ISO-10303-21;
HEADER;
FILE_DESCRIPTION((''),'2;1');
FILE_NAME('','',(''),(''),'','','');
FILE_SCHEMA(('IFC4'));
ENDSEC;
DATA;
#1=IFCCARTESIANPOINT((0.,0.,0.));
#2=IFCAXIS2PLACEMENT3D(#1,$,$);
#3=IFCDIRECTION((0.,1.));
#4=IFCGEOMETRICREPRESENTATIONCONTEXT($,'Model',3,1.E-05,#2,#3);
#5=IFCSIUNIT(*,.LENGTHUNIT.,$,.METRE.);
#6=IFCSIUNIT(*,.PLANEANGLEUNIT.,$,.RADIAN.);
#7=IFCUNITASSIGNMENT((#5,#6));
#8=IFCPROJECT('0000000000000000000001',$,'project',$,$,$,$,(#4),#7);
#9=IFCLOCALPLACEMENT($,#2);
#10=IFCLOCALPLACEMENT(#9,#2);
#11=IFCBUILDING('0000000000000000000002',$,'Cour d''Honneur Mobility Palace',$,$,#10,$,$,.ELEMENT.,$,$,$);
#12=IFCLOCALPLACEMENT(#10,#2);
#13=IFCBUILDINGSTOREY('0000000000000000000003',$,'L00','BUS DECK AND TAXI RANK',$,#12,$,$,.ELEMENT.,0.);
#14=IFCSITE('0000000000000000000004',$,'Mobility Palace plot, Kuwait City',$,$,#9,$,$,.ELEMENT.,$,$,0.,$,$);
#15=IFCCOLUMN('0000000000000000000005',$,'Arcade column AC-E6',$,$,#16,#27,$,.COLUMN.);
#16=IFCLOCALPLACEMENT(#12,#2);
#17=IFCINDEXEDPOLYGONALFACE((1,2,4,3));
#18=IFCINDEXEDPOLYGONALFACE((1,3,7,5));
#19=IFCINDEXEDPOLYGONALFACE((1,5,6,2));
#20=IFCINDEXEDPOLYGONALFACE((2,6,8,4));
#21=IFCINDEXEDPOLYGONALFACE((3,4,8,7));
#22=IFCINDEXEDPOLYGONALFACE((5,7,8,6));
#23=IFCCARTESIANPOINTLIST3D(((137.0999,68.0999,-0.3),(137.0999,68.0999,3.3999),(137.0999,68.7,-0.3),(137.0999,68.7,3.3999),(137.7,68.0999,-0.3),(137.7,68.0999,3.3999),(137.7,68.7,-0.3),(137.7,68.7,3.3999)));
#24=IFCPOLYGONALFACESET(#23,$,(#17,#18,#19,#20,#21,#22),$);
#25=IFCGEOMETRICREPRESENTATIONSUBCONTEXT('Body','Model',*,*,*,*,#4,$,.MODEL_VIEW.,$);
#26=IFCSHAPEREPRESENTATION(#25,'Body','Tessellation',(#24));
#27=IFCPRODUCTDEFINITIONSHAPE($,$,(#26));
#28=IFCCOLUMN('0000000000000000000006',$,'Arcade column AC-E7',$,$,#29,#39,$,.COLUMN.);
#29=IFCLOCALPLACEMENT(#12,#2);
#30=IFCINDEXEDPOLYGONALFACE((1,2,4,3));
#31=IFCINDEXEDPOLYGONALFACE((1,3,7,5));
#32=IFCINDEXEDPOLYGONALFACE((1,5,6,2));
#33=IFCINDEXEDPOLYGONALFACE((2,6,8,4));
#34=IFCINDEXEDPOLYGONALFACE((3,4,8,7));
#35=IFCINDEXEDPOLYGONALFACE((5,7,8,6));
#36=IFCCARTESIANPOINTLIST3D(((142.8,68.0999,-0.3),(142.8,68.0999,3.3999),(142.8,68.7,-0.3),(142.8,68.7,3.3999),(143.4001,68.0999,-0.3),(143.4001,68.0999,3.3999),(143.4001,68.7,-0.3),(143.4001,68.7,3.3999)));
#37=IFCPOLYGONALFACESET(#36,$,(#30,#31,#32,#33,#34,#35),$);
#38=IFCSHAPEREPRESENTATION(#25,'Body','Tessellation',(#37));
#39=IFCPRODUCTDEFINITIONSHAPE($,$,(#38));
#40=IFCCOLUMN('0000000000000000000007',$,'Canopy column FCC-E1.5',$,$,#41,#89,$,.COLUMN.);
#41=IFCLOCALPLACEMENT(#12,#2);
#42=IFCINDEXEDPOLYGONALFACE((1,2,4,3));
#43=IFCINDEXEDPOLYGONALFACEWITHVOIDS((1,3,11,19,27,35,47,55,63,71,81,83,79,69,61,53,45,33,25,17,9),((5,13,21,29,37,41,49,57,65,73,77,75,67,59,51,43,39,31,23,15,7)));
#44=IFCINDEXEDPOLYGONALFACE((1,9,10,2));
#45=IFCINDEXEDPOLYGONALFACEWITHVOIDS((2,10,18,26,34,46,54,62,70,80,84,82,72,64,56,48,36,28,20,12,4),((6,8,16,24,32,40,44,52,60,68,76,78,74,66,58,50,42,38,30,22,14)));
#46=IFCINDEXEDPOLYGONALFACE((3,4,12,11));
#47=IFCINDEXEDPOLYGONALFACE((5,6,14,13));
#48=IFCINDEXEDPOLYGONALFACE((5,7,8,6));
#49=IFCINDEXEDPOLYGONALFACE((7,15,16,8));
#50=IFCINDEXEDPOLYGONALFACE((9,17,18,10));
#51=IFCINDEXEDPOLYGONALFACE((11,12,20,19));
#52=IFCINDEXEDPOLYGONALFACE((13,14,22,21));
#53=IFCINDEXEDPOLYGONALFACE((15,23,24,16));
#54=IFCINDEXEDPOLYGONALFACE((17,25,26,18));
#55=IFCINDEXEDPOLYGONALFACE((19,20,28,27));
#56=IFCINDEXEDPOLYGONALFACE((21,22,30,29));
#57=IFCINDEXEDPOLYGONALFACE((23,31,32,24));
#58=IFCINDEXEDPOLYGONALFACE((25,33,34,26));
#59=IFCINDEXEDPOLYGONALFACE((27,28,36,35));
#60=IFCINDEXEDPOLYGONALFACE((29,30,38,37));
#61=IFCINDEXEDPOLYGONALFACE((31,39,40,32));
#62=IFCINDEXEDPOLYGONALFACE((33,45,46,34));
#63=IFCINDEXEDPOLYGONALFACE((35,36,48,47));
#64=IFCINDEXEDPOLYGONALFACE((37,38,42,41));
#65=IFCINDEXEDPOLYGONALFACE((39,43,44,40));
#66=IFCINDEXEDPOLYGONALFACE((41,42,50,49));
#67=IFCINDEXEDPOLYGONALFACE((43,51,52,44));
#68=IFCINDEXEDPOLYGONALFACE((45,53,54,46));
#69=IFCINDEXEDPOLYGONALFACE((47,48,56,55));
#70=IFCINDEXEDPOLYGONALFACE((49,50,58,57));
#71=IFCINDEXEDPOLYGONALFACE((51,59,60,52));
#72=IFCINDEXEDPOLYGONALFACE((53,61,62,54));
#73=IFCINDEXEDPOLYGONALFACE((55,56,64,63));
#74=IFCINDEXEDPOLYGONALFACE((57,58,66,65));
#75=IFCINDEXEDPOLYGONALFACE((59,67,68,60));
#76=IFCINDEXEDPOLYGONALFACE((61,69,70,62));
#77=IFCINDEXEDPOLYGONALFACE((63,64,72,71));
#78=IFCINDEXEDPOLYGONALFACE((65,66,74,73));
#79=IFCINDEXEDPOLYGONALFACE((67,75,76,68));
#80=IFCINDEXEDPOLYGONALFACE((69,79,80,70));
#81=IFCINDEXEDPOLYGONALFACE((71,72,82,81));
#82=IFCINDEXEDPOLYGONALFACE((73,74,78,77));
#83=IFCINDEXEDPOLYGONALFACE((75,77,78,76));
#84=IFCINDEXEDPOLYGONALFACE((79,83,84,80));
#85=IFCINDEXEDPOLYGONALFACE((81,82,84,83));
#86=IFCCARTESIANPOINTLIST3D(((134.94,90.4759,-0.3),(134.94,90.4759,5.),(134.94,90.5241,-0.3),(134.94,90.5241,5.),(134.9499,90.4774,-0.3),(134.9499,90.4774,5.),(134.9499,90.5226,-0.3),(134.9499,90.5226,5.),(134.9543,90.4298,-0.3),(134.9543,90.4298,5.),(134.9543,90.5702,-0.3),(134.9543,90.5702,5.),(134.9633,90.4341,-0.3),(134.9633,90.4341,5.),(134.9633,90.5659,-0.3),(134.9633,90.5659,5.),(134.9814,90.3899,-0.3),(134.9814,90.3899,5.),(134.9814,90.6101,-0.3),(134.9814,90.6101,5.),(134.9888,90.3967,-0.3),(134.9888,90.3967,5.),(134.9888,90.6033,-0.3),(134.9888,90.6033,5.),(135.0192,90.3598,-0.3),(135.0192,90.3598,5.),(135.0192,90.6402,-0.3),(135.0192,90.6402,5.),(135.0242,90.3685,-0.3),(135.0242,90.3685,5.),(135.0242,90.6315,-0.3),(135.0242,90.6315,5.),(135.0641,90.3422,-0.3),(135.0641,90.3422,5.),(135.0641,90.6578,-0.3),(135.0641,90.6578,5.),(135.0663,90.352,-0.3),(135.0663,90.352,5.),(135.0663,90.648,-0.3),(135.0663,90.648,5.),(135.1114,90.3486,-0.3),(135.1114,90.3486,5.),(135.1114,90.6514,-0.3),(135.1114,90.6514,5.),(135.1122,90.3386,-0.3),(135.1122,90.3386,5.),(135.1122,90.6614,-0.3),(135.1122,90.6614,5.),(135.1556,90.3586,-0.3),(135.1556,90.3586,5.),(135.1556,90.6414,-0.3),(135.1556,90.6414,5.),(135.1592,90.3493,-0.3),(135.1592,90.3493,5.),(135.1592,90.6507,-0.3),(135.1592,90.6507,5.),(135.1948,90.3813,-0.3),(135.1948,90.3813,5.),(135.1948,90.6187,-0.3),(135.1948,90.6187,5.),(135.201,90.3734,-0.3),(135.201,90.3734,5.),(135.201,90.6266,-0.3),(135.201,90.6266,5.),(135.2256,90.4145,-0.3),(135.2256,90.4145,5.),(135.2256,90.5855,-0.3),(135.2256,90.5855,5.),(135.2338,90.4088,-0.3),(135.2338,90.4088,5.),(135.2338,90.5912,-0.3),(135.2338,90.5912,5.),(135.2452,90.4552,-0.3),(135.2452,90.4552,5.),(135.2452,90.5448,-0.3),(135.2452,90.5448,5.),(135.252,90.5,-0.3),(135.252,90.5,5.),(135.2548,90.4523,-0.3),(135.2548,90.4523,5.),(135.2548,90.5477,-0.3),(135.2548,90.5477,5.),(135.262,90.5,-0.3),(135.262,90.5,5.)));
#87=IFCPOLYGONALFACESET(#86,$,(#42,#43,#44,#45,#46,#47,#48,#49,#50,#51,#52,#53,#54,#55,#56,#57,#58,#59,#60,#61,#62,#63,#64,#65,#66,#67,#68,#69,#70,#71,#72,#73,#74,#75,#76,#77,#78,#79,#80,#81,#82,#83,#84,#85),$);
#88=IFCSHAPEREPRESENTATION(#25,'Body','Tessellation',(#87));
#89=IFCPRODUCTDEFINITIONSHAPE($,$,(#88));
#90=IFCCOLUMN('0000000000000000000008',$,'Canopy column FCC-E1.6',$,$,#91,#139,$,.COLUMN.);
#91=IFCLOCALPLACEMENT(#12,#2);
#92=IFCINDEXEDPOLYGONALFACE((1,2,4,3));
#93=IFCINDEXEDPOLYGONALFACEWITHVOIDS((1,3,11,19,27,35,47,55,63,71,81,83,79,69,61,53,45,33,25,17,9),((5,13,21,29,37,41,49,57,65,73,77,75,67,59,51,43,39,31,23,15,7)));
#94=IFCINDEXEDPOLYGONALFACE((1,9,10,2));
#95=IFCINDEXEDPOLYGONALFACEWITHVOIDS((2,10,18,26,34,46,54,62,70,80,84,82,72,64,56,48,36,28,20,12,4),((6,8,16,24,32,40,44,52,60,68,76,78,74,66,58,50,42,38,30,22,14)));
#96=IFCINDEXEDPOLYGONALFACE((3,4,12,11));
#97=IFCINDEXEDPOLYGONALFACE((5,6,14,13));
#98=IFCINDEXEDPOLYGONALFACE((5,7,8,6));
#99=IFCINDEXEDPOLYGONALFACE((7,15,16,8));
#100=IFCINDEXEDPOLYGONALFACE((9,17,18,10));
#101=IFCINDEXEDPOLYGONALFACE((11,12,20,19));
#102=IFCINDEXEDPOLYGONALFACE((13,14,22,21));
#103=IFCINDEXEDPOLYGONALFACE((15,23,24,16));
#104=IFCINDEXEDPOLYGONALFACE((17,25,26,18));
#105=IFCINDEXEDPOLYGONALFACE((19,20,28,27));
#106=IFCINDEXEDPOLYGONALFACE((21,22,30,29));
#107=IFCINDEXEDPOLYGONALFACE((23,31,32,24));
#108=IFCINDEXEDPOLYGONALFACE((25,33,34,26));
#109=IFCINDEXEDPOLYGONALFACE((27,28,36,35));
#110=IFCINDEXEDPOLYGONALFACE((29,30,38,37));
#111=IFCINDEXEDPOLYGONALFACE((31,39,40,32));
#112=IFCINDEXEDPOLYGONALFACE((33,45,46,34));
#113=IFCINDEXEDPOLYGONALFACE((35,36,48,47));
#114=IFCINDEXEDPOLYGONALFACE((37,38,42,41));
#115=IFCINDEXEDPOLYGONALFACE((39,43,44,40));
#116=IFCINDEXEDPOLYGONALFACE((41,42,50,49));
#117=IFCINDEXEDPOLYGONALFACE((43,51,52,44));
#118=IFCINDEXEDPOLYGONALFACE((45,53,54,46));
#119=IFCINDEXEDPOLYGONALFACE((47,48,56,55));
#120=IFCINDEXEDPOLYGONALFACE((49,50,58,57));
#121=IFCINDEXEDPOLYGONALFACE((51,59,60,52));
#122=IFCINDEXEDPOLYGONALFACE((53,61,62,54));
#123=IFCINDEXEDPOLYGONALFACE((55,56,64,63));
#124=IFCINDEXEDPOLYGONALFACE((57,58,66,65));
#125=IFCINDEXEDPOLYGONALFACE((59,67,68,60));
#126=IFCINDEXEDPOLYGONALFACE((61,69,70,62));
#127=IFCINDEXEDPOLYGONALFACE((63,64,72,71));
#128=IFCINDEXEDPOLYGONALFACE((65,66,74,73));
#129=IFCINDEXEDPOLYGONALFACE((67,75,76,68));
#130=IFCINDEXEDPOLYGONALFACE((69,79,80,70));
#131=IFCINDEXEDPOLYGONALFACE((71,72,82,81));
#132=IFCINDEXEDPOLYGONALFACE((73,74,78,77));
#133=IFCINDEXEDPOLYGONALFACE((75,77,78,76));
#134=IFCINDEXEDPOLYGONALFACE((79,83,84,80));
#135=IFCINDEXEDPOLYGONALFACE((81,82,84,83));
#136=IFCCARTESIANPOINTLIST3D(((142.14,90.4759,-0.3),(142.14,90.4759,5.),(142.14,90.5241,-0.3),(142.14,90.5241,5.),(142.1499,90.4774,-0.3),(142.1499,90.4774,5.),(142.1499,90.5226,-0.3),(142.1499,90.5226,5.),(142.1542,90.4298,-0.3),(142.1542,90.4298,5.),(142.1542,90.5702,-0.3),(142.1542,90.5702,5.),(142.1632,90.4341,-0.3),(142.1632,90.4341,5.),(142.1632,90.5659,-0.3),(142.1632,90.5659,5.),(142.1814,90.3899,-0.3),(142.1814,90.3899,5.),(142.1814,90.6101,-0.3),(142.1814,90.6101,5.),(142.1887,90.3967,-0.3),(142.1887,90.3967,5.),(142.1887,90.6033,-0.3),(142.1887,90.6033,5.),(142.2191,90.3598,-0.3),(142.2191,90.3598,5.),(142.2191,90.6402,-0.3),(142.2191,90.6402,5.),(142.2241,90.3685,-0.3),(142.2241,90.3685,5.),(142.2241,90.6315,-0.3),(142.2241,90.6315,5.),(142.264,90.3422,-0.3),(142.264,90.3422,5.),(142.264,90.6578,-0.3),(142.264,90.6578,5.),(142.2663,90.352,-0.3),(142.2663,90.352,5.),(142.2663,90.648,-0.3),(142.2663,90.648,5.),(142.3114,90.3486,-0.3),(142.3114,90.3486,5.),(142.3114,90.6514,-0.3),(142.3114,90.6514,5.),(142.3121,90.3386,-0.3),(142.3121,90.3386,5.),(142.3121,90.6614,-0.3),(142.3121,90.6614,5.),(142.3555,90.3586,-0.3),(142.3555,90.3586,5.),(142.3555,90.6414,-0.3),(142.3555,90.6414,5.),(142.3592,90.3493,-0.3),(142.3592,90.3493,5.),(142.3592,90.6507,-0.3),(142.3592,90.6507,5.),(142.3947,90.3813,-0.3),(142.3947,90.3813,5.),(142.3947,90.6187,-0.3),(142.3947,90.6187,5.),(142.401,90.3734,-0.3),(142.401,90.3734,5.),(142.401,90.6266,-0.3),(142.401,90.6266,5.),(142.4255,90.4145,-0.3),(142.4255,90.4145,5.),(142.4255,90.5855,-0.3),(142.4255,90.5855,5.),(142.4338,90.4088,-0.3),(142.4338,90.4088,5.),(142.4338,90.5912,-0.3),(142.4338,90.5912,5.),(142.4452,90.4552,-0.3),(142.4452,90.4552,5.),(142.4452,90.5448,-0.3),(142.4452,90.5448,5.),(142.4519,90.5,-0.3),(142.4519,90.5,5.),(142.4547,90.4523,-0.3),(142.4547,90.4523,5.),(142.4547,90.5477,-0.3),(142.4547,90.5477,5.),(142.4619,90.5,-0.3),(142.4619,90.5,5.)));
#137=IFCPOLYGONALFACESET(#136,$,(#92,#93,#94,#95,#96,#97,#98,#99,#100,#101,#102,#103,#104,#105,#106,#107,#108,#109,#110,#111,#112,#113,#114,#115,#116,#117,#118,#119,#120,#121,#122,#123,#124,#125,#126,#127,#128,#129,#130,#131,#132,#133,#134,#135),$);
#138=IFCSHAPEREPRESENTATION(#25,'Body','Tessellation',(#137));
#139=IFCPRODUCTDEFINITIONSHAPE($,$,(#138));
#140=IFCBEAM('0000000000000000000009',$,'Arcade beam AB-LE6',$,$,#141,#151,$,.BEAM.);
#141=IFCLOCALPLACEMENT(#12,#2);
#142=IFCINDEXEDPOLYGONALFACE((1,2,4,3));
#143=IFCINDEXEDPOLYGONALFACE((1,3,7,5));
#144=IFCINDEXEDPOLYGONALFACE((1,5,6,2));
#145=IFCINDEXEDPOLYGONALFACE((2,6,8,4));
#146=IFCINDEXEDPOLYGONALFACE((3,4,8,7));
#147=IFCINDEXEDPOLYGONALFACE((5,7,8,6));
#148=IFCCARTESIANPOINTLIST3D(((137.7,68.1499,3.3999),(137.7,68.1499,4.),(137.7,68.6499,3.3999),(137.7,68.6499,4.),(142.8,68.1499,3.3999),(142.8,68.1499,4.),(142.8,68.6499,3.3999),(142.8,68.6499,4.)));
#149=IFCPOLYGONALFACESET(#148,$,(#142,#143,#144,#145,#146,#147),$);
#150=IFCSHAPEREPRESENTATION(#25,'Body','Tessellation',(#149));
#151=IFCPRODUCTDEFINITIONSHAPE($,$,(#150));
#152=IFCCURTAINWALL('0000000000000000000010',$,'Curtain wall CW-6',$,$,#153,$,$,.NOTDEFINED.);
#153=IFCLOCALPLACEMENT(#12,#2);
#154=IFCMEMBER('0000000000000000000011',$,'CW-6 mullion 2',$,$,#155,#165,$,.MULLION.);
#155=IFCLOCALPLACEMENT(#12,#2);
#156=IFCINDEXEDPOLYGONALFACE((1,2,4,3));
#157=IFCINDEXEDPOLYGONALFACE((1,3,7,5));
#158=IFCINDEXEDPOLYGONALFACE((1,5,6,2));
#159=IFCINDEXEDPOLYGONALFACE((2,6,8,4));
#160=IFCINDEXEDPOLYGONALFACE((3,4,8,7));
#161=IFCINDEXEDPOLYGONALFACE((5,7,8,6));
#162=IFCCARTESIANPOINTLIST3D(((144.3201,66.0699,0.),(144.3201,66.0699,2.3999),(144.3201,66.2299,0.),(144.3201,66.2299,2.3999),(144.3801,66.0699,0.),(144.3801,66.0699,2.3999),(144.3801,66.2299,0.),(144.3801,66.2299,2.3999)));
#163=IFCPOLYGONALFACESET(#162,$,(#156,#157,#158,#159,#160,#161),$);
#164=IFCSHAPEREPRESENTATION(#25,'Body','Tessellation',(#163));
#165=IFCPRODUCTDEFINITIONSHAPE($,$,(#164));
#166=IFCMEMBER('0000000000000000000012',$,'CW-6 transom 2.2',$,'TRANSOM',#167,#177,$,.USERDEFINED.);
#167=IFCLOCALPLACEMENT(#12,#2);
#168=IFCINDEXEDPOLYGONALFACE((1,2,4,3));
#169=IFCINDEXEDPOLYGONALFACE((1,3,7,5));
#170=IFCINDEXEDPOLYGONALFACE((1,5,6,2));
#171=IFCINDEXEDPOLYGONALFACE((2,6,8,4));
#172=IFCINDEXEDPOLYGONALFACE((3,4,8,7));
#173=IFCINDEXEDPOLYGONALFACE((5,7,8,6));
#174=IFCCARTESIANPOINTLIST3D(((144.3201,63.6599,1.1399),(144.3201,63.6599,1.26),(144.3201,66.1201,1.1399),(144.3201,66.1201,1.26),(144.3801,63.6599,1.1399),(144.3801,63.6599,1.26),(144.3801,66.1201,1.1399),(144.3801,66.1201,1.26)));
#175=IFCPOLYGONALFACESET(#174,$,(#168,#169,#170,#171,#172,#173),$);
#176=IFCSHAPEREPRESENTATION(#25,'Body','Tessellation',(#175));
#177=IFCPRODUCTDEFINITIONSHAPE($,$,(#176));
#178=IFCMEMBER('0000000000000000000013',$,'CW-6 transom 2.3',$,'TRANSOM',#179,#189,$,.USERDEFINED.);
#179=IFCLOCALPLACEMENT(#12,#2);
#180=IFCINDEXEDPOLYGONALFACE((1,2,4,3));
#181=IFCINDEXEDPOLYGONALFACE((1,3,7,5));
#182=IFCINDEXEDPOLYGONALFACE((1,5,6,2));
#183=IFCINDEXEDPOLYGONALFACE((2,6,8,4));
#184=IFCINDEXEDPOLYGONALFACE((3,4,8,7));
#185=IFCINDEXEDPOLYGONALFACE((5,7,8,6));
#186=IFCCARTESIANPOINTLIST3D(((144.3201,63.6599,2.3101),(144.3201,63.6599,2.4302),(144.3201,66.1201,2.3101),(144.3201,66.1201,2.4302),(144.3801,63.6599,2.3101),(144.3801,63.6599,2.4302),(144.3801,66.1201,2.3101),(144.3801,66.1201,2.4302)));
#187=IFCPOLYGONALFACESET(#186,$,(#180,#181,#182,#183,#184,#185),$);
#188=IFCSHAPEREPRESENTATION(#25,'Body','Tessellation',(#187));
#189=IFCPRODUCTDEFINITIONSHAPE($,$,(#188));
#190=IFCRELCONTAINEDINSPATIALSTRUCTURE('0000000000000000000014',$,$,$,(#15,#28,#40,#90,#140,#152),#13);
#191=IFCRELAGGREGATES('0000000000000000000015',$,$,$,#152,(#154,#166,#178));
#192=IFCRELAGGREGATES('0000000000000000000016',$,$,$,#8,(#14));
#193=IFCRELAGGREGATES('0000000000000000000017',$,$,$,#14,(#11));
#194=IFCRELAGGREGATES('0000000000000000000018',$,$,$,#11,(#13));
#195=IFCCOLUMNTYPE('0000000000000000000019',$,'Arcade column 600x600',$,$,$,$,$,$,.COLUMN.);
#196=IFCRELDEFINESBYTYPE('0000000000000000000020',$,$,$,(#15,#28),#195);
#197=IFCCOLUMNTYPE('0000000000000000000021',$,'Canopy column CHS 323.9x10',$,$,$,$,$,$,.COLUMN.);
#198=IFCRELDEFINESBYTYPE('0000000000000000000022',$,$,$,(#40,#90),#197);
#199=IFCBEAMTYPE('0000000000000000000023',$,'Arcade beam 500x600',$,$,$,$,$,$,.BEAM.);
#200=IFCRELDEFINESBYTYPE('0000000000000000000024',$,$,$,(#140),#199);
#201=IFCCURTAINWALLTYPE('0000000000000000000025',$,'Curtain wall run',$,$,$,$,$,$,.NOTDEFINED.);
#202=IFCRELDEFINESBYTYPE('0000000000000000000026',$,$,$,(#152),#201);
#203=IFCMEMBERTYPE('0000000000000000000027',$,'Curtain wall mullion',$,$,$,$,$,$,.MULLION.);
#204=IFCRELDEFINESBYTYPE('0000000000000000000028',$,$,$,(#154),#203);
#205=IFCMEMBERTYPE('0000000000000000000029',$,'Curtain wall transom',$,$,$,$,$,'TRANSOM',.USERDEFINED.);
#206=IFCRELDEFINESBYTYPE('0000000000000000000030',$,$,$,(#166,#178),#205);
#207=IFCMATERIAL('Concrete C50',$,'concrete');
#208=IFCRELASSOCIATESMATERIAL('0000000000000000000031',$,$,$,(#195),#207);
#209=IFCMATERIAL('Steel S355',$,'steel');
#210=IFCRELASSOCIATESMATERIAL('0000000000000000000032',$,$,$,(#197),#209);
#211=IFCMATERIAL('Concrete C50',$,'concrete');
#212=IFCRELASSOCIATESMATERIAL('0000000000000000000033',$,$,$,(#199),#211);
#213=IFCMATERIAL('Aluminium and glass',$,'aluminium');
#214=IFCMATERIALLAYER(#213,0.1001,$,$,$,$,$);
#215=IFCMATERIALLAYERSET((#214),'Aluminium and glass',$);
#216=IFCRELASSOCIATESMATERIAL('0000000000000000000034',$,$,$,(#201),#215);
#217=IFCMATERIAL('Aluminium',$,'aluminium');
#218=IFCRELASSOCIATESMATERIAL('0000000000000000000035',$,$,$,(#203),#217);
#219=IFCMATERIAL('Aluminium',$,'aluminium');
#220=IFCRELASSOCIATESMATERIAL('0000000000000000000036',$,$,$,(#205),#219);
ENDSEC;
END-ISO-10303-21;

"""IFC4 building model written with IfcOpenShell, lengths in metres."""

from ifc_helpers import new_model, si_unit, direction, frame, origin, origin_2d, place, context, subcontext, project, spatial, rectangle, hollow_circle, extrude, material, layer, layer_set, material_profile, profile_set, type_object, element, aggregate, save


model = new_model("IFC4")

# Units and contexts
model_context = context("Model", 3, precision=1e-05, world=origin(), true_north=direction((0.0, 1.0)))
body_context = subcontext(model_context, "Body", "Model", "MODEL_VIEW")
ifc_project = project(units=[si_unit("LENGTHUNIT", "METRE"), si_unit("PLANEANGLEUNIT", "RADIAN")], contexts=[model_context])

# Site, building, storey
site_placement = place(None, origin())
site = spatial("IfcSite", under=ifc_project, at=site_placement, Name="Mobility Palace plot, Kuwait City", CompositionType="ELEMENT", RefElevation=0.0)
building_placement = place(site_placement, origin())
building = spatial("IfcBuilding", under=site, at=building_placement, Name="Cour d'Honneur Mobility Palace", CompositionType="ELEMENT")
storey_placement = place(building_placement, origin())
storey = spatial("IfcBuildingStorey", under=building, at=storey_placement, Name="L00", Description="BUS DECK AND TAXI RANK", CompositionType="ELEMENT", Elevation=0.0)

# Columns
ifc_material_1 = material(Name="Concrete C50", Category="concrete")
ifc_material_profile_1 = material_profile(ifc_material_1, rectangle(XDim=0.6001, YDim=0.6001, at=origin_2d()), Name="Arcade column 600x600")
ifc_profile_set_1 = profile_set([ifc_material_profile_1], Name="Concrete C50")
column_type_1 = type_object("IfcColumnType", Name="Arcade column 600x600", PredefinedType="COLUMN", material=ifc_profile_set_1)
for number, where, z_axis, x_axis, name in (
    (1, (137.3999, 68.3999, -0.3), (0.0, 0.0, 1.0), (1.0, 0.0, 0.0), "Arcade column AC-E6"),
    (2, (143.1001, 68.3999, -0.3), (0.0, 0.0, 1.0), (1.0, 0.0, 0.0), "Arcade column AC-E7"),
):
    element("IfcColumn", number, at=place(storey_placement, frame(where, z_axis=z_axis, x_axis=x_axis)), inside=storey, type_object=column_type_1, Name=name, PredefinedType="COLUMN", context=body_context, shape_type="SweptSolid", body=[
        extrude(rectangle(XDim=0.6001, YDim=0.6001, at=origin_2d()), origin(), (0.0, 0.0, 1.0), 3.7),
    ])
ifc_material_2 = material(Name="Steel S355", Category="steel")
ifc_material_profile_2 = material_profile(ifc_material_2, hollow_circle(Radius=0.1619, WallThickness=0.01, at=origin_2d()), Name="CHS 323.9x10")
ifc_profile_set_2 = profile_set([ifc_material_profile_2], Name="Steel S355")
column_type_2 = type_object("IfcColumnType", Name="Canopy column CHS 323.9x10", PredefinedType="COLUMN", material=ifc_profile_set_2)
for number, where, z_axis, x_axis, name in (
    (3, (135.1001, 90.5, -0.3), (0.0, 0.0, 1.0), (1.0, 0.0, 0.0), "Canopy column FCC-E1.5"),
    (4, (142.3, 90.5, -0.3), (0.0, 0.0, 1.0), (1.0, 0.0, 0.0), "Canopy column FCC-E1.6"),
):
    element("IfcColumn", number, at=place(storey_placement, frame(where, z_axis=z_axis, x_axis=x_axis)), inside=storey, type_object=column_type_2, Name=name, PredefinedType="COLUMN", context=body_context, shape_type="SweptSolid", body=[
        extrude(hollow_circle(Radius=0.1619, WallThickness=0.01, at=origin_2d()), origin(), (0.0, 0.0, 1.0), 5.3),
    ])

# Beam
ifc_material_3 = material(Name="Concrete C50", Category="concrete")
ifc_material_profile_3 = material_profile(ifc_material_3, rectangle(XDim=0.5, YDim=0.6001, at=origin_2d()), Name="Arcade beam 500x600")
ifc_profile_set_3 = profile_set([ifc_material_profile_3], Name="Concrete C50")
beam_type = type_object("IfcBeamType", Name="Arcade beam 500x600", PredefinedType="BEAM", material=ifc_profile_set_3)
beam_placement = place(storey_placement, frame((137.7, 68.3999, 3.7), z_axis=(1.0, 0.0, 0.0), x_axis=(0.0, 1.0, 0.0)))
element("IfcBeam", 5, at=beam_placement, inside=storey, type_object=beam_type, Name="Arcade beam AB-LE6", PredefinedType="BEAM", context=body_context, shape_type="SweptSolid", body=[
    extrude(rectangle(XDim=0.5, YDim=0.6001, at=origin_2d()), origin(), (0.0, 0.0, 1.0), 5.1001),
])

# Curtain wall, members
ifc_material_4 = material(Name="Aluminium and glass", Category="aluminium")
ifc_layer_1 = layer(ifc_material_4, 0.1001)
ifc_layer_set_1 = layer_set([ifc_layer_1], Name="Aluminium and glass")
curtain_wall_type = type_object("IfcCurtainWallType", Name="Curtain wall run", PredefinedType="NOTDEFINED", material=ifc_layer_set_1)
curtain_wall_placement = place(storey_placement, origin())
curtain_wall = element("IfcCurtainWall", 6, at=curtain_wall_placement, inside=storey, type_object=curtain_wall_type, Name="Curtain wall CW-6", PredefinedType="NOTDEFINED")
ifc_material_5 = material(Name="Aluminium", Category="aluminium")
ifc_material_profile_4 = material_profile(ifc_material_5, rectangle(XDim=0.0601, YDim=0.1599, at=origin_2d()), Name="Curtain wall mullion")
ifc_profile_set_4 = profile_set([ifc_material_profile_4], Name="Aluminium")
member_type_1 = type_object("IfcMemberType", Name="Curtain wall mullion", PredefinedType="MULLION", material=ifc_profile_set_4)
member_1_placement = place(storey_placement, frame((144.3501, 66.1499, 0.0), z_axis=(0.0, 0.0, 1.0), x_axis=(1.0, 0.0, 0.0)))
member_1 = element("IfcMember", 7, at=member_1_placement, type_object=member_type_1, Name="CW-6 mullion 2", PredefinedType="MULLION", context=body_context, shape_type="SweptSolid", body=[
    extrude(rectangle(XDim=0.0601, YDim=0.1599, at=origin_2d()), origin(), (0.0, 0.0, 1.0), 2.3999),
])
ifc_material_6 = material(Name="Aluminium", Category="aluminium")
ifc_material_profile_5 = material_profile(ifc_material_6, rectangle(XDim=0.0601, YDim=0.1201, at=origin_2d()), Name="Curtain wall transom")
ifc_profile_set_5 = profile_set([ifc_material_profile_5], Name="Aluminium")
member_type_2 = type_object("IfcMemberType", Name="Curtain wall transom", ElementType="TRANSOM", PredefinedType="USERDEFINED", material=ifc_profile_set_5)
member_2_placement = place(storey_placement, frame((144.3501, 66.1201, 1.2), z_axis=(0.0, -1.0, 0.0), x_axis=(1.0, 0.0, 0.0)))
member_2 = element("IfcMember", 8, at=member_2_placement, type_object=member_type_2, Name="CW-6 transom 2.2", ObjectType="TRANSOM", PredefinedType="USERDEFINED", context=body_context, shape_type="SweptSolid", body=[
    extrude(rectangle(XDim=0.0601, YDim=0.1201, at=origin_2d()), origin(), (0.0, 0.0, 1.0), 2.4602),
])
member_3_placement = place(storey_placement, frame((144.3501, 66.1201, 2.3701), z_axis=(0.0, -1.0, 0.0), x_axis=(1.0, 0.0, 0.0)))
member_3 = element("IfcMember", 9, at=member_3_placement, type_object=member_type_2, Name="CW-6 transom 2.3", ObjectType="TRANSOM", PredefinedType="USERDEFINED", context=body_context, shape_type="SweptSolid", body=[
    extrude(rectangle(XDim=0.0601, YDim=0.1201, at=origin_2d()), origin(), (0.0, 0.0, 1.0), 2.4602),
])
aggregate(curtain_wall, [member_1, member_2, member_3])

save(model, "model.ifc")
